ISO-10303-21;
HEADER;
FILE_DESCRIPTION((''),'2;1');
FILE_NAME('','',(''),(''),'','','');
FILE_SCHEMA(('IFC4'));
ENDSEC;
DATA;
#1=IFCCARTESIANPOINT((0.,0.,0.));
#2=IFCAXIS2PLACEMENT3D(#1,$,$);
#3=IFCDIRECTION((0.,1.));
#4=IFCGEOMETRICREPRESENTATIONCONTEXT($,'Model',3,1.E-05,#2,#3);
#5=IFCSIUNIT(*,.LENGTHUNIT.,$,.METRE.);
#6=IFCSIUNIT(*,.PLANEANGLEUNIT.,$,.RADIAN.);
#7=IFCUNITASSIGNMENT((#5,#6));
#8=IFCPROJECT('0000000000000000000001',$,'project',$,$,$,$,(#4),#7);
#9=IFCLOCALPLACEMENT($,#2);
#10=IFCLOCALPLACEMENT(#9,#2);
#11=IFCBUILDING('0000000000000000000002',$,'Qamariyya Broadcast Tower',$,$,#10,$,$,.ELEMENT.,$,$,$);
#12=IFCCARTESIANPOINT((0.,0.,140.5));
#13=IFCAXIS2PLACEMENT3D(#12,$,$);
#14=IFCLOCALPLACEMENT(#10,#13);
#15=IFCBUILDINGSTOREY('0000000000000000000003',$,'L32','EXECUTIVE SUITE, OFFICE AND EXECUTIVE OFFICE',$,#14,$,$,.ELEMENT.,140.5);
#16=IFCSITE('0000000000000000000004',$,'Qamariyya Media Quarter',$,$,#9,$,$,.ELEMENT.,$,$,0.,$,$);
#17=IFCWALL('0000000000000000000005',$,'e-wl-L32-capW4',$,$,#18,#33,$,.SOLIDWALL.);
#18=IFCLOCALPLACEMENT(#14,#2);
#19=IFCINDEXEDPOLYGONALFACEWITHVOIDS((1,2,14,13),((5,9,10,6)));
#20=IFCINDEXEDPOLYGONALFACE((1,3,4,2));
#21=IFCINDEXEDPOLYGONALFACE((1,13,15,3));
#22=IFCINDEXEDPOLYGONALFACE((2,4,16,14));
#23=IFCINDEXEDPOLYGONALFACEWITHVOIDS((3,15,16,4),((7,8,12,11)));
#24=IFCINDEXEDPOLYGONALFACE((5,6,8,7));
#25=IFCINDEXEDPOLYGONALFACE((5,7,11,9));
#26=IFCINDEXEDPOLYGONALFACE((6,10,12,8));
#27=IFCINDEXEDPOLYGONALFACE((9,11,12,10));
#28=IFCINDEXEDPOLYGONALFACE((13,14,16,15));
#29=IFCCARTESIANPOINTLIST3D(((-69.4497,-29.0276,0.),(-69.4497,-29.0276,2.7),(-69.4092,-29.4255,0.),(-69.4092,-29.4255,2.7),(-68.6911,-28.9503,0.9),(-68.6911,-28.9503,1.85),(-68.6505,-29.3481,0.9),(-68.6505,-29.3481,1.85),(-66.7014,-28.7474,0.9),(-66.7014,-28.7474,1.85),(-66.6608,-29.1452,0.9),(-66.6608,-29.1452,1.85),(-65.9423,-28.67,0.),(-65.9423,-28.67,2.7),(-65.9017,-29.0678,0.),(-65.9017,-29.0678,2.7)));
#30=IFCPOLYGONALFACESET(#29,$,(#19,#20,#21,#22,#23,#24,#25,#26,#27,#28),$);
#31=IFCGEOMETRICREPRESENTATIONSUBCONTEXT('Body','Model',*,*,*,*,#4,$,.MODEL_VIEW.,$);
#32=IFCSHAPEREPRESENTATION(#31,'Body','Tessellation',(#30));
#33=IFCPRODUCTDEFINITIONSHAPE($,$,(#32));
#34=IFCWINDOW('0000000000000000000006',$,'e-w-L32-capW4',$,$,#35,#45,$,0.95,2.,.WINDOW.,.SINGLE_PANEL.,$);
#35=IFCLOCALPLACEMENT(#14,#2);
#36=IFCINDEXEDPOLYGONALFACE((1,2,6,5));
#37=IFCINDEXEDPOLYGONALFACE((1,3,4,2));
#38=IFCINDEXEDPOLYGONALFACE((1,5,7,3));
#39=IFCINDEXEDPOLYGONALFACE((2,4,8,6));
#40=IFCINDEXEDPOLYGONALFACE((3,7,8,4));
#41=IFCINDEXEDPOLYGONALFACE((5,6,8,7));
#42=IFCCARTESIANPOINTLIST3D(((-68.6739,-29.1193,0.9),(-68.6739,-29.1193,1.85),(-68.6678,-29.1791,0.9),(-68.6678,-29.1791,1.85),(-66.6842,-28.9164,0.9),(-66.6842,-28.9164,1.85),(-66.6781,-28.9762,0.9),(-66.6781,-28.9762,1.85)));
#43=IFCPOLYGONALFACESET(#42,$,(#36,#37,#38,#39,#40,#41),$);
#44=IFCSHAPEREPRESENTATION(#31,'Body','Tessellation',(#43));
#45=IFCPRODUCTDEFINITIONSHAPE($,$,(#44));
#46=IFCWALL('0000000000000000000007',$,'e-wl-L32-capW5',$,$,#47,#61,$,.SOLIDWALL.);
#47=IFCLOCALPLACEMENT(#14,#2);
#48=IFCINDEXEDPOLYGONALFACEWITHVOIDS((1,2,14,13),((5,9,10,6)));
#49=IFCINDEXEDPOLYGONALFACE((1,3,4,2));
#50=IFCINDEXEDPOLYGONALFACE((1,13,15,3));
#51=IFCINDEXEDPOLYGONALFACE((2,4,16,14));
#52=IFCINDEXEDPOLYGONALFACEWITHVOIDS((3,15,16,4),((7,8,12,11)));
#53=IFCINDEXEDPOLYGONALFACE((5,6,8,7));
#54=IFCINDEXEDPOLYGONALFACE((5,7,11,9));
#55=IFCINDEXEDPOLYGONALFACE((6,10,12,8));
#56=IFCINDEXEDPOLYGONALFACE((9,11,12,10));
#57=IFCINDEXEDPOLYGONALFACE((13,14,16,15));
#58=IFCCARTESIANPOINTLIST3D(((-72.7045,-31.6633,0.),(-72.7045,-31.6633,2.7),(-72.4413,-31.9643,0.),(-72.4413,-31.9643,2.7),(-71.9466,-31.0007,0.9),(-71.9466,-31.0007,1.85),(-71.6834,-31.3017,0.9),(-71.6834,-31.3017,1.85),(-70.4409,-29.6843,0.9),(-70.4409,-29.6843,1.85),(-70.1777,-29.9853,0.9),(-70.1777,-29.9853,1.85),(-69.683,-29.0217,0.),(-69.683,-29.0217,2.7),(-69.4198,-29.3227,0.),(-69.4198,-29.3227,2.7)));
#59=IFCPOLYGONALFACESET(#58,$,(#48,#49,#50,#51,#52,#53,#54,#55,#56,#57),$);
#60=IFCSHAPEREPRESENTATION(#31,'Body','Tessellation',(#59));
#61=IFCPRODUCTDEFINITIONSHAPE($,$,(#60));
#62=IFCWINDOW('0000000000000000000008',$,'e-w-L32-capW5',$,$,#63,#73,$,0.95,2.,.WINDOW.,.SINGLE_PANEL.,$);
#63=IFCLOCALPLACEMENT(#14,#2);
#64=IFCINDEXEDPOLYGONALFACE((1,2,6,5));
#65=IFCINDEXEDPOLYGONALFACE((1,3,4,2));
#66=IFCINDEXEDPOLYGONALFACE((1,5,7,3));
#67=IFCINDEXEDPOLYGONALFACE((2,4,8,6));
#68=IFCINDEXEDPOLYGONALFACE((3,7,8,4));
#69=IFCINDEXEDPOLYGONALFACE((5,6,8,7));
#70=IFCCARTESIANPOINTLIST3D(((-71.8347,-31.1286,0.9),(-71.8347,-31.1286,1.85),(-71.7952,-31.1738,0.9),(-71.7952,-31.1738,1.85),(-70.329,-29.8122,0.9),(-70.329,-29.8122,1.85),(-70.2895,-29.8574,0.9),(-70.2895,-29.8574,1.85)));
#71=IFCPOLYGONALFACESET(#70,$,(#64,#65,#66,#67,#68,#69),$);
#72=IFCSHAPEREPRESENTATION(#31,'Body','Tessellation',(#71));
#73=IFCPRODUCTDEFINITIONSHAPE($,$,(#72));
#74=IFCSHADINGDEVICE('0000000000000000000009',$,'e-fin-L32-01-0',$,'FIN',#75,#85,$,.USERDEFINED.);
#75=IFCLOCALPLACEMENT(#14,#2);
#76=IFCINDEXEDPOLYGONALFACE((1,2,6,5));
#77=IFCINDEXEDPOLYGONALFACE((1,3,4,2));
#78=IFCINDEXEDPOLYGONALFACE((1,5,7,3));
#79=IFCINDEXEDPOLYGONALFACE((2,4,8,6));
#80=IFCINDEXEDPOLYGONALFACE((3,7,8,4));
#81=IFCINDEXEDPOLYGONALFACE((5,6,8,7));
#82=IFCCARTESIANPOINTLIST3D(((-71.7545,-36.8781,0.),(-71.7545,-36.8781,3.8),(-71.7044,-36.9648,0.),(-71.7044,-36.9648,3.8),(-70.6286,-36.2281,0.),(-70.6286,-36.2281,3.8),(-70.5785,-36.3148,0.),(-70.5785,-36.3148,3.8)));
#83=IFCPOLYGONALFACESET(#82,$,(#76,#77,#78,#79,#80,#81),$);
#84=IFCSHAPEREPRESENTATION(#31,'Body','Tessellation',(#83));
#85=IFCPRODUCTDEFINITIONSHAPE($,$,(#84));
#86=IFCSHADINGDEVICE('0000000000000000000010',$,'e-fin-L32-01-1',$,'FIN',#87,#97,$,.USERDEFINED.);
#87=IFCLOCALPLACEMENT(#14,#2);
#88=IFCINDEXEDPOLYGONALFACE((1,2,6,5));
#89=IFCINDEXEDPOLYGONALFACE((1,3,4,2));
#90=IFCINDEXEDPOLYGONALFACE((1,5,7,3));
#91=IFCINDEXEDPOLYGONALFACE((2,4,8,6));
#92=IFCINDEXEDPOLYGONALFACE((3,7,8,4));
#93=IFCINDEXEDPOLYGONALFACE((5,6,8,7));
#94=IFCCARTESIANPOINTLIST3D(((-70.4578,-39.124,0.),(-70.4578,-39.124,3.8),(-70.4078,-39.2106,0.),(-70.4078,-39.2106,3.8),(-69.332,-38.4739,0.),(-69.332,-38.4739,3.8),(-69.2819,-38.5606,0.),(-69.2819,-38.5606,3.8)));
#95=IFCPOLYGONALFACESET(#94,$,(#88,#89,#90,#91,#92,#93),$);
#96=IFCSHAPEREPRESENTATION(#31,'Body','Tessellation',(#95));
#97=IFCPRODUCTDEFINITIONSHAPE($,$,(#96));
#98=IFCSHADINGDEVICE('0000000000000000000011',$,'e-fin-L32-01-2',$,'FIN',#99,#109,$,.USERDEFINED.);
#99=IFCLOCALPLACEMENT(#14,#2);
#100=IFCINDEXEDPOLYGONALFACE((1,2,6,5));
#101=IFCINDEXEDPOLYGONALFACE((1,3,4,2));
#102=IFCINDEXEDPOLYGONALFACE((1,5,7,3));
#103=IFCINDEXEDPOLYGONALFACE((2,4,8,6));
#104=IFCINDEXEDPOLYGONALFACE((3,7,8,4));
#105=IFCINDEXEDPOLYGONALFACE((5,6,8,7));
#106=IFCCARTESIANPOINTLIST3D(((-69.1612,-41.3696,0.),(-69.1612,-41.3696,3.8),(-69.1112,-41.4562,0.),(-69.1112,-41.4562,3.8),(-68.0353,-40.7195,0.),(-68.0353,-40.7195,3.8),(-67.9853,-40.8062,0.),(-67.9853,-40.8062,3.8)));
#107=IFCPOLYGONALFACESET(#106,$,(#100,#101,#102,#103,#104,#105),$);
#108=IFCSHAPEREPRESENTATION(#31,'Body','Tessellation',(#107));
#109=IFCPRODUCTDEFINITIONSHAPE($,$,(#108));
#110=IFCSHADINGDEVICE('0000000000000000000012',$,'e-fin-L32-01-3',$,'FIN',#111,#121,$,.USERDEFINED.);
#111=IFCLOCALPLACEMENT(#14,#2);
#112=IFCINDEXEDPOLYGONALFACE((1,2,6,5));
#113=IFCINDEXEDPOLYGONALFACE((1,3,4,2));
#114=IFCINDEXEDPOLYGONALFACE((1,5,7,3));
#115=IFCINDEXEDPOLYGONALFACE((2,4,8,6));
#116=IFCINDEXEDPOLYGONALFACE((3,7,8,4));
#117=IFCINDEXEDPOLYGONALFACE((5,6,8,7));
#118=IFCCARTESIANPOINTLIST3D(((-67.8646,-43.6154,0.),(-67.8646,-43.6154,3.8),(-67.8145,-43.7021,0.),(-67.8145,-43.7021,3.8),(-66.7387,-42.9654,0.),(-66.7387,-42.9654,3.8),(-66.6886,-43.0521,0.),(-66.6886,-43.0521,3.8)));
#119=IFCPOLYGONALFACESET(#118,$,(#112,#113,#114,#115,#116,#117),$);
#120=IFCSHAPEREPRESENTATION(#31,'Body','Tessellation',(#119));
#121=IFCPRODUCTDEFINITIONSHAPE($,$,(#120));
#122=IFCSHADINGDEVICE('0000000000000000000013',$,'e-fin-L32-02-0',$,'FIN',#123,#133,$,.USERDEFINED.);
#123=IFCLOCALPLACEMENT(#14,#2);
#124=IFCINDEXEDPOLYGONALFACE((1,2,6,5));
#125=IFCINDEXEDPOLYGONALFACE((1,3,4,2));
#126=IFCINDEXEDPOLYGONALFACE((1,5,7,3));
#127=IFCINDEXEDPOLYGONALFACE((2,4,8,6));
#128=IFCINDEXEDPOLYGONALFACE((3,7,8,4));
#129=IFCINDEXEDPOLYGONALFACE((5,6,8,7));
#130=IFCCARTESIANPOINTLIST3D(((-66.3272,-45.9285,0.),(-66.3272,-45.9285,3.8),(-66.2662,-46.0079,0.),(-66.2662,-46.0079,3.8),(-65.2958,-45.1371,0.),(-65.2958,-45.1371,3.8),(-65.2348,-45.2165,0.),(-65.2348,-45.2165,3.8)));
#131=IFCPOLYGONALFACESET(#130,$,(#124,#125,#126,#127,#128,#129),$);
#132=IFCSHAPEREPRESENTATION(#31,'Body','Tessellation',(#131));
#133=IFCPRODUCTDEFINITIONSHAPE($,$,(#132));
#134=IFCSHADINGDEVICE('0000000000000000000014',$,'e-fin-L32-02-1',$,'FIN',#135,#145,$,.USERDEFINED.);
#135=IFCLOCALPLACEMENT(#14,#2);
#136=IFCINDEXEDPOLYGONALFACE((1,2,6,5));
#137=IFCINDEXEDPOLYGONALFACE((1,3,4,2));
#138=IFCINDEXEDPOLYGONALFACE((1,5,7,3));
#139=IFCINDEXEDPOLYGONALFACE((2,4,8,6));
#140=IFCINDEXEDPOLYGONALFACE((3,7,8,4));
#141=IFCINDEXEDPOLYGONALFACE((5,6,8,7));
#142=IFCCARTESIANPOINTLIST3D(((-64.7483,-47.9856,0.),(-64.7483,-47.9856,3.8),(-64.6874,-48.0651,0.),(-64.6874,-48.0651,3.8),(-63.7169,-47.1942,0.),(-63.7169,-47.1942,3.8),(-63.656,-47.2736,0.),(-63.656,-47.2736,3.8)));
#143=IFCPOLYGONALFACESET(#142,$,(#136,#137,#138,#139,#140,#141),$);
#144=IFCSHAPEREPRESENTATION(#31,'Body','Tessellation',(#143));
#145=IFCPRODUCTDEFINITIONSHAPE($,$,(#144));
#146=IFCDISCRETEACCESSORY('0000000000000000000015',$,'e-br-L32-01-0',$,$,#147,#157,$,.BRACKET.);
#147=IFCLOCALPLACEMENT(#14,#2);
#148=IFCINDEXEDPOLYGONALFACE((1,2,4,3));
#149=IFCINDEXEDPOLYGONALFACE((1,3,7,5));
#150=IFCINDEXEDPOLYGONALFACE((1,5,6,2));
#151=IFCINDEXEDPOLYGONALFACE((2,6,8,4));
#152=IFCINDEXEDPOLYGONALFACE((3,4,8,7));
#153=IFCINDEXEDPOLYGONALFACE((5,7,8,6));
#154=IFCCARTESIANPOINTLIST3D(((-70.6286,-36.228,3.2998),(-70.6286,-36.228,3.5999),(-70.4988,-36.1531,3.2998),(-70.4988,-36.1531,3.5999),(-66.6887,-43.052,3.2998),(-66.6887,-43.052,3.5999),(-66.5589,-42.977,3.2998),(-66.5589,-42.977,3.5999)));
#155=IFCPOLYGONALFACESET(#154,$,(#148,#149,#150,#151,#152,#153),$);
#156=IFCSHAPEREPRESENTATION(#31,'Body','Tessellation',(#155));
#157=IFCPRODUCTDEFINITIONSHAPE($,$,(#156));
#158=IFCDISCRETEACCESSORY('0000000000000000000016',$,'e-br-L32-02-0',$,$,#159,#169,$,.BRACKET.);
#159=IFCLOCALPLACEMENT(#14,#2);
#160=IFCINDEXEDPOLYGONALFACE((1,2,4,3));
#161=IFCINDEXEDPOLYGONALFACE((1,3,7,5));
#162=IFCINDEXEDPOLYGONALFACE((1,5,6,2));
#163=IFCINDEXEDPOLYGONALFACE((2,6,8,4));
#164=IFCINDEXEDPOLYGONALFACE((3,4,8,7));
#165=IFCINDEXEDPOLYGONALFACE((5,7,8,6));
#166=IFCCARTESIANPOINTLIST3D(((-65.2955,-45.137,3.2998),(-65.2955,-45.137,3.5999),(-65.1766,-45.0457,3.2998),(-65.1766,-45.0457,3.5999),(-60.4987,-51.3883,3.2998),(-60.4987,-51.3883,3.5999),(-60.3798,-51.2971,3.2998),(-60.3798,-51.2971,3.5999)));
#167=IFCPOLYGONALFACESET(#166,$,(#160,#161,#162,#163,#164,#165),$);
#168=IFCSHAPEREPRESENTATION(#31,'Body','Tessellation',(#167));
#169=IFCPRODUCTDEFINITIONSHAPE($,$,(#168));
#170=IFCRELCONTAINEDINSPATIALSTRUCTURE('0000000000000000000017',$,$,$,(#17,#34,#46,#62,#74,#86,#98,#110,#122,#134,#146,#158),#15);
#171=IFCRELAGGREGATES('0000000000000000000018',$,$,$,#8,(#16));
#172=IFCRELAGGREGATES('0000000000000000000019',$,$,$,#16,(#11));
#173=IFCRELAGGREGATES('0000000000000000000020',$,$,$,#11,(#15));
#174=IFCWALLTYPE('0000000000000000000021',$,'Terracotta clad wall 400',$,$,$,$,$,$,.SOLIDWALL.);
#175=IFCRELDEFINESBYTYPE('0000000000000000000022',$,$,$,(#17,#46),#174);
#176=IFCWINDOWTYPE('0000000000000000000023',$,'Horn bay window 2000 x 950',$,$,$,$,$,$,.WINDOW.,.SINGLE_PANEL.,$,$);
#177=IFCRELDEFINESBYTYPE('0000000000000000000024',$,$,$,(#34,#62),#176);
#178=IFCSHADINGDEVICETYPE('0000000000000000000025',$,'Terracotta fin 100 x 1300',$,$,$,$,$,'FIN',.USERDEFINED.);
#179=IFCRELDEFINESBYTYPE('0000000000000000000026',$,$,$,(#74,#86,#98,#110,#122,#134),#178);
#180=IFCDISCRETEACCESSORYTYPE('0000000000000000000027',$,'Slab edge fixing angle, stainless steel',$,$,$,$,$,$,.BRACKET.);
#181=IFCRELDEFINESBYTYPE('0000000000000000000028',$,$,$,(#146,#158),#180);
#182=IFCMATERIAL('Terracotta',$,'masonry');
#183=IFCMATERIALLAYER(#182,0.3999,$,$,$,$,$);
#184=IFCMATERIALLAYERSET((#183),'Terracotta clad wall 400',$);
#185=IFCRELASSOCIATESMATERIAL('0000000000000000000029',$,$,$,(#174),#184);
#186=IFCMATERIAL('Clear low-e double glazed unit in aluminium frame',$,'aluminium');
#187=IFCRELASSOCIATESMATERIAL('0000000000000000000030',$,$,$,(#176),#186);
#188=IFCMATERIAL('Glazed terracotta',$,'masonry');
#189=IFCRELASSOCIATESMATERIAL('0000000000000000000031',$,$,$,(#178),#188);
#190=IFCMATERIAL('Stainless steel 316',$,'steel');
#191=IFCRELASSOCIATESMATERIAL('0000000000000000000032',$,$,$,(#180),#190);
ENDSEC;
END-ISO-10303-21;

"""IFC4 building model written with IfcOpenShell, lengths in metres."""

from ifc_helpers import new_model, si_unit, direction, frame, frame_2d, origin, origin_2d, place, context, subcontext, project, spatial, rectangle, extrude, material, layer, layer_set, material_profile, profile_set, type_object, element, fill, save


model = new_model("IFC4")

# Units and contexts
model_context = context("Model", 3, precision=1e-05, world=origin(), true_north=direction((0.0, 1.0)))
body_context = subcontext(model_context, "Body", "Model", "MODEL_VIEW")
ifc_project = project(units=[si_unit("LENGTHUNIT", "METRE"), si_unit("PLANEANGLEUNIT", "RADIAN")], contexts=[model_context])

# Site, building, storey
site_placement = place(None, origin())
site = spatial("IfcSite", under=ifc_project, at=site_placement, Name="Qamariyya Media Quarter", CompositionType="ELEMENT", RefElevation=0.0)
building_placement = place(site_placement, origin())
building = spatial("IfcBuilding", under=site, at=building_placement, Name="Qamariyya Broadcast Tower", CompositionType="ELEMENT")
storey_placement = place(building_placement, frame((0.0, 0.0, 140.5)))
storey = spatial("IfcBuildingStorey", under=building, at=storey_placement, Name="L32", Description="EXECUTIVE SUITE, OFFICE AND EXECUTIVE OFFICE", CompositionType="ELEMENT", Elevation=140.5)

# Walls, openings, windows
ifc_material_1 = material(Name="Terracotta", Category="masonry")
ifc_layer_1 = layer(ifc_material_1, 0.3999)
ifc_layer_set_1 = layer_set([ifc_layer_1], Name="Terracotta clad wall 400")
wall_type_1 = type_object("IfcWallType", Name="Terracotta clad wall 400", PredefinedType="SOLIDWALL", material=ifc_layer_set_1)
ifc_material_2 = material(Name="Clear low-e double glazed unit in aluminium frame", Category="aluminium")
window_type = type_object("IfcWindowType", Name="Horn bay window 2000 x 950", PartitioningType="SINGLE_PANEL", PredefinedType="WINDOW", material=ifc_material_2)
wall_1_placement = place(storey_placement, frame((-65.9221, -28.8689, 0.0), z_axis=(0.0, 0.0, 1.0), x_axis=(-0.994841, -0.101444, 0.0)))
wall_1 = element("IfcWall", 1, at=wall_1_placement, inside=storey, type_object=wall_type_1, Name="e-wl-L32-capW4", PredefinedType="SOLIDWALL", context=body_context, shape_type="SweptSolid", body=[
    extrude(rectangle(XDim=3.5256, YDim=0.3999, at=frame_2d((1.7627, 0.0))), origin(), (0.0, 0.0, 1.0), 2.7),
])
opening_1_placement = place(wall_1_placement, frame((0.7629, 0.0, 0.8999)))
opening_1 = element("IfcOpeningElement", 2, at=opening_1_placement, cuts=wall_1, PredefinedType="OPENING", context=body_context, shape_type="SweptSolid", body=[
    extrude(rectangle(XDim=2.0, YDim=0.95, at=frame_2d((1.0, 0.4751))), frame((0.0, 0.21, 0.0), z_axis=(0.0, -1.0, 0.0), x_axis=(1.0, 0.0, 0.0)), (0.0, 0.0, 1.0), 0.4199),
])
window_1_placement = place(opening_1_placement, origin())
window_1 = element("IfcWindow", 3, at=window_1_placement, inside=storey, type_object=window_type, Name="e-w-L32-capW4", OverallHeight=0.95, OverallWidth=2.0, PartitioningType="SINGLE_PANEL", PredefinedType="WINDOW", context=body_context, shape_type="SweptSolid", body=[
    extrude(rectangle(XDim=2.0, YDim=0.95, at=frame_2d((1.0, 0.4751))), frame((0.0, 0.03, 0.0), z_axis=(0.0, -1.0, 0.0), x_axis=(1.0, 0.0, 0.0)), (0.0, 0.0, 1.0), 0.0601),
])
fill(opening_1, window_1)
wall_2_placement = place(storey_placement, frame((-69.5513, -29.1721, 0.0), z_axis=(0.0, 0.0, 1.0), x_axis=(-0.752848, -0.658194, 0.0)))
wall_2 = element("IfcWall", 4, at=wall_2_placement, inside=storey, type_object=wall_type_1, Name="e-wl-L32-capW5", PredefinedType="SOLIDWALL", context=body_context, shape_type="SweptSolid", body=[
    extrude(rectangle(XDim=4.0134, YDim=0.3999, at=frame_2d((2.0068, 0.0))), origin(), (0.0, 0.0, 1.0), 2.7),
])
opening_2_placement = place(wall_2_placement, frame((1.0068, 0.0, 0.8999)))
opening_2 = element("IfcOpeningElement", 5, at=opening_2_placement, cuts=wall_2, PredefinedType="OPENING", context=body_context, shape_type="SweptSolid", body=[
    extrude(rectangle(XDim=2.0, YDim=0.95, at=frame_2d((1.0, 0.4751))), frame((0.0, 0.21, 0.0), z_axis=(0.0, -1.0, 0.0), x_axis=(1.0, 0.0, 0.0)), (0.0, 0.0, 1.0), 0.4199),
])
window_2_placement = place(opening_2_placement, origin())
window_2 = element("IfcWindow", 6, at=window_2_placement, inside=storey, type_object=window_type, Name="e-w-L32-capW5", OverallHeight=0.95, OverallWidth=2.0, PartitioningType="SINGLE_PANEL", PredefinedType="WINDOW", context=body_context, shape_type="SweptSolid", body=[
    extrude(rectangle(XDim=2.0, YDim=0.95, at=frame_2d((1.0, 0.4751))), frame((0.0, 0.03, 0.0), z_axis=(0.0, -1.0, 0.0), x_axis=(1.0, 0.0, 0.0)), (0.0, 0.0, 1.0), 0.0601),
])
fill(opening_2, window_2)

# Shading devices
ifc_material_3 = material(Name="Glazed terracotta", Category="masonry")
ifc_material_profile_1 = material_profile(ifc_material_3, rectangle(XDim=1.3, YDim=0.1001, at=origin_2d()))
ifc_profile_set_1 = profile_set([ifc_material_profile_1], Name="Glazed terracotta")
shading_device_type_1 = type_object("IfcShadingDeviceType", Name="Terracotta fin 100 x 1300", ElementType="FIN", PredefinedType="USERDEFINED", material=ifc_profile_set_1)
for number, where, z_axis, x_axis, name in (
    (7, (-71.1665, -36.5964, 0.0), (0.0, 0.0, 1.0), (-0.866025, -0.5, 0.0), "e-fin-L32-01-0"),
    (8, (-69.8699, -38.8423, 0.0), (0.0, 0.0, 1.0), (-0.866025, -0.5, 0.0), "e-fin-L32-01-1"),
    (9, (-68.5732, -41.0879, 0.0), (0.0, 0.0, 1.0), (-0.866025, -0.5, 0.0), "e-fin-L32-01-2"),
    (10, (-67.2766, -43.3337, 0.0), (0.0, 0.0, 1.0), (-0.866025, -0.5, 0.0), "e-fin-L32-01-3"),
    (11, (-65.781, -45.5725, 0.0), (0.0, 0.0, 1.0), (-0.793353, -0.608761, 0.0), "e-fin-L32-02-0"),
    (12, (-64.2021, -47.6296, 0.0), (0.0, 0.0, 1.0), (-0.793353, -0.608761, 0.0), "e-fin-L32-02-1"),
):
    element("IfcShadingDevice", number, at=place(storey_placement, frame(where, z_axis=z_axis, x_axis=x_axis)), inside=storey, type_object=shading_device_type_1, Name=name, ObjectType="FIN", PredefinedType="USERDEFINED", context=body_context, shape_type="SweptSolid", body=[
        extrude(rectangle(XDim=1.3, YDim=0.1001, at=origin_2d()), origin(), (0.0, 0.0, 1.0), 3.8),
    ])

# Discrete accessories
ifc_material_4 = material(Name="Stainless steel 316", Category="steel")
discrete_accessory_type = type_object("IfcDiscreteAccessoryType", Name="Slab edge fixing angle, stainless steel", PredefinedType="BRACKET", material=ifc_material_4)
for number, where, z_axis, x_axis, name in (
    (13, (-68.5938, -39.6025, 3.2998), (0.0, 0.0, 1.0), (0.5, -0.866025, 0.0), "e-br-L32-01-0"),
    (14, (-62.8376, -48.217, 3.2998), (0.0, 0.0, 1.0), (0.608761, -0.793353, 0.0), "e-br-L32-02-0"),
):
    element("IfcDiscreteAccessory", number, at=place(storey_placement, frame(where, z_axis=z_axis, x_axis=x_axis)), inside=storey, type_object=discrete_accessory_type, Name=name, PredefinedType="BRACKET", context=body_context, shape_type="SweptSolid", body=[
        extrude(rectangle(XDim=7.8796, YDim=0.1499, at=origin_2d()), origin(), (0.0, 0.0, 1.0), 0.3),
    ])

save(model, "model.ifc")
